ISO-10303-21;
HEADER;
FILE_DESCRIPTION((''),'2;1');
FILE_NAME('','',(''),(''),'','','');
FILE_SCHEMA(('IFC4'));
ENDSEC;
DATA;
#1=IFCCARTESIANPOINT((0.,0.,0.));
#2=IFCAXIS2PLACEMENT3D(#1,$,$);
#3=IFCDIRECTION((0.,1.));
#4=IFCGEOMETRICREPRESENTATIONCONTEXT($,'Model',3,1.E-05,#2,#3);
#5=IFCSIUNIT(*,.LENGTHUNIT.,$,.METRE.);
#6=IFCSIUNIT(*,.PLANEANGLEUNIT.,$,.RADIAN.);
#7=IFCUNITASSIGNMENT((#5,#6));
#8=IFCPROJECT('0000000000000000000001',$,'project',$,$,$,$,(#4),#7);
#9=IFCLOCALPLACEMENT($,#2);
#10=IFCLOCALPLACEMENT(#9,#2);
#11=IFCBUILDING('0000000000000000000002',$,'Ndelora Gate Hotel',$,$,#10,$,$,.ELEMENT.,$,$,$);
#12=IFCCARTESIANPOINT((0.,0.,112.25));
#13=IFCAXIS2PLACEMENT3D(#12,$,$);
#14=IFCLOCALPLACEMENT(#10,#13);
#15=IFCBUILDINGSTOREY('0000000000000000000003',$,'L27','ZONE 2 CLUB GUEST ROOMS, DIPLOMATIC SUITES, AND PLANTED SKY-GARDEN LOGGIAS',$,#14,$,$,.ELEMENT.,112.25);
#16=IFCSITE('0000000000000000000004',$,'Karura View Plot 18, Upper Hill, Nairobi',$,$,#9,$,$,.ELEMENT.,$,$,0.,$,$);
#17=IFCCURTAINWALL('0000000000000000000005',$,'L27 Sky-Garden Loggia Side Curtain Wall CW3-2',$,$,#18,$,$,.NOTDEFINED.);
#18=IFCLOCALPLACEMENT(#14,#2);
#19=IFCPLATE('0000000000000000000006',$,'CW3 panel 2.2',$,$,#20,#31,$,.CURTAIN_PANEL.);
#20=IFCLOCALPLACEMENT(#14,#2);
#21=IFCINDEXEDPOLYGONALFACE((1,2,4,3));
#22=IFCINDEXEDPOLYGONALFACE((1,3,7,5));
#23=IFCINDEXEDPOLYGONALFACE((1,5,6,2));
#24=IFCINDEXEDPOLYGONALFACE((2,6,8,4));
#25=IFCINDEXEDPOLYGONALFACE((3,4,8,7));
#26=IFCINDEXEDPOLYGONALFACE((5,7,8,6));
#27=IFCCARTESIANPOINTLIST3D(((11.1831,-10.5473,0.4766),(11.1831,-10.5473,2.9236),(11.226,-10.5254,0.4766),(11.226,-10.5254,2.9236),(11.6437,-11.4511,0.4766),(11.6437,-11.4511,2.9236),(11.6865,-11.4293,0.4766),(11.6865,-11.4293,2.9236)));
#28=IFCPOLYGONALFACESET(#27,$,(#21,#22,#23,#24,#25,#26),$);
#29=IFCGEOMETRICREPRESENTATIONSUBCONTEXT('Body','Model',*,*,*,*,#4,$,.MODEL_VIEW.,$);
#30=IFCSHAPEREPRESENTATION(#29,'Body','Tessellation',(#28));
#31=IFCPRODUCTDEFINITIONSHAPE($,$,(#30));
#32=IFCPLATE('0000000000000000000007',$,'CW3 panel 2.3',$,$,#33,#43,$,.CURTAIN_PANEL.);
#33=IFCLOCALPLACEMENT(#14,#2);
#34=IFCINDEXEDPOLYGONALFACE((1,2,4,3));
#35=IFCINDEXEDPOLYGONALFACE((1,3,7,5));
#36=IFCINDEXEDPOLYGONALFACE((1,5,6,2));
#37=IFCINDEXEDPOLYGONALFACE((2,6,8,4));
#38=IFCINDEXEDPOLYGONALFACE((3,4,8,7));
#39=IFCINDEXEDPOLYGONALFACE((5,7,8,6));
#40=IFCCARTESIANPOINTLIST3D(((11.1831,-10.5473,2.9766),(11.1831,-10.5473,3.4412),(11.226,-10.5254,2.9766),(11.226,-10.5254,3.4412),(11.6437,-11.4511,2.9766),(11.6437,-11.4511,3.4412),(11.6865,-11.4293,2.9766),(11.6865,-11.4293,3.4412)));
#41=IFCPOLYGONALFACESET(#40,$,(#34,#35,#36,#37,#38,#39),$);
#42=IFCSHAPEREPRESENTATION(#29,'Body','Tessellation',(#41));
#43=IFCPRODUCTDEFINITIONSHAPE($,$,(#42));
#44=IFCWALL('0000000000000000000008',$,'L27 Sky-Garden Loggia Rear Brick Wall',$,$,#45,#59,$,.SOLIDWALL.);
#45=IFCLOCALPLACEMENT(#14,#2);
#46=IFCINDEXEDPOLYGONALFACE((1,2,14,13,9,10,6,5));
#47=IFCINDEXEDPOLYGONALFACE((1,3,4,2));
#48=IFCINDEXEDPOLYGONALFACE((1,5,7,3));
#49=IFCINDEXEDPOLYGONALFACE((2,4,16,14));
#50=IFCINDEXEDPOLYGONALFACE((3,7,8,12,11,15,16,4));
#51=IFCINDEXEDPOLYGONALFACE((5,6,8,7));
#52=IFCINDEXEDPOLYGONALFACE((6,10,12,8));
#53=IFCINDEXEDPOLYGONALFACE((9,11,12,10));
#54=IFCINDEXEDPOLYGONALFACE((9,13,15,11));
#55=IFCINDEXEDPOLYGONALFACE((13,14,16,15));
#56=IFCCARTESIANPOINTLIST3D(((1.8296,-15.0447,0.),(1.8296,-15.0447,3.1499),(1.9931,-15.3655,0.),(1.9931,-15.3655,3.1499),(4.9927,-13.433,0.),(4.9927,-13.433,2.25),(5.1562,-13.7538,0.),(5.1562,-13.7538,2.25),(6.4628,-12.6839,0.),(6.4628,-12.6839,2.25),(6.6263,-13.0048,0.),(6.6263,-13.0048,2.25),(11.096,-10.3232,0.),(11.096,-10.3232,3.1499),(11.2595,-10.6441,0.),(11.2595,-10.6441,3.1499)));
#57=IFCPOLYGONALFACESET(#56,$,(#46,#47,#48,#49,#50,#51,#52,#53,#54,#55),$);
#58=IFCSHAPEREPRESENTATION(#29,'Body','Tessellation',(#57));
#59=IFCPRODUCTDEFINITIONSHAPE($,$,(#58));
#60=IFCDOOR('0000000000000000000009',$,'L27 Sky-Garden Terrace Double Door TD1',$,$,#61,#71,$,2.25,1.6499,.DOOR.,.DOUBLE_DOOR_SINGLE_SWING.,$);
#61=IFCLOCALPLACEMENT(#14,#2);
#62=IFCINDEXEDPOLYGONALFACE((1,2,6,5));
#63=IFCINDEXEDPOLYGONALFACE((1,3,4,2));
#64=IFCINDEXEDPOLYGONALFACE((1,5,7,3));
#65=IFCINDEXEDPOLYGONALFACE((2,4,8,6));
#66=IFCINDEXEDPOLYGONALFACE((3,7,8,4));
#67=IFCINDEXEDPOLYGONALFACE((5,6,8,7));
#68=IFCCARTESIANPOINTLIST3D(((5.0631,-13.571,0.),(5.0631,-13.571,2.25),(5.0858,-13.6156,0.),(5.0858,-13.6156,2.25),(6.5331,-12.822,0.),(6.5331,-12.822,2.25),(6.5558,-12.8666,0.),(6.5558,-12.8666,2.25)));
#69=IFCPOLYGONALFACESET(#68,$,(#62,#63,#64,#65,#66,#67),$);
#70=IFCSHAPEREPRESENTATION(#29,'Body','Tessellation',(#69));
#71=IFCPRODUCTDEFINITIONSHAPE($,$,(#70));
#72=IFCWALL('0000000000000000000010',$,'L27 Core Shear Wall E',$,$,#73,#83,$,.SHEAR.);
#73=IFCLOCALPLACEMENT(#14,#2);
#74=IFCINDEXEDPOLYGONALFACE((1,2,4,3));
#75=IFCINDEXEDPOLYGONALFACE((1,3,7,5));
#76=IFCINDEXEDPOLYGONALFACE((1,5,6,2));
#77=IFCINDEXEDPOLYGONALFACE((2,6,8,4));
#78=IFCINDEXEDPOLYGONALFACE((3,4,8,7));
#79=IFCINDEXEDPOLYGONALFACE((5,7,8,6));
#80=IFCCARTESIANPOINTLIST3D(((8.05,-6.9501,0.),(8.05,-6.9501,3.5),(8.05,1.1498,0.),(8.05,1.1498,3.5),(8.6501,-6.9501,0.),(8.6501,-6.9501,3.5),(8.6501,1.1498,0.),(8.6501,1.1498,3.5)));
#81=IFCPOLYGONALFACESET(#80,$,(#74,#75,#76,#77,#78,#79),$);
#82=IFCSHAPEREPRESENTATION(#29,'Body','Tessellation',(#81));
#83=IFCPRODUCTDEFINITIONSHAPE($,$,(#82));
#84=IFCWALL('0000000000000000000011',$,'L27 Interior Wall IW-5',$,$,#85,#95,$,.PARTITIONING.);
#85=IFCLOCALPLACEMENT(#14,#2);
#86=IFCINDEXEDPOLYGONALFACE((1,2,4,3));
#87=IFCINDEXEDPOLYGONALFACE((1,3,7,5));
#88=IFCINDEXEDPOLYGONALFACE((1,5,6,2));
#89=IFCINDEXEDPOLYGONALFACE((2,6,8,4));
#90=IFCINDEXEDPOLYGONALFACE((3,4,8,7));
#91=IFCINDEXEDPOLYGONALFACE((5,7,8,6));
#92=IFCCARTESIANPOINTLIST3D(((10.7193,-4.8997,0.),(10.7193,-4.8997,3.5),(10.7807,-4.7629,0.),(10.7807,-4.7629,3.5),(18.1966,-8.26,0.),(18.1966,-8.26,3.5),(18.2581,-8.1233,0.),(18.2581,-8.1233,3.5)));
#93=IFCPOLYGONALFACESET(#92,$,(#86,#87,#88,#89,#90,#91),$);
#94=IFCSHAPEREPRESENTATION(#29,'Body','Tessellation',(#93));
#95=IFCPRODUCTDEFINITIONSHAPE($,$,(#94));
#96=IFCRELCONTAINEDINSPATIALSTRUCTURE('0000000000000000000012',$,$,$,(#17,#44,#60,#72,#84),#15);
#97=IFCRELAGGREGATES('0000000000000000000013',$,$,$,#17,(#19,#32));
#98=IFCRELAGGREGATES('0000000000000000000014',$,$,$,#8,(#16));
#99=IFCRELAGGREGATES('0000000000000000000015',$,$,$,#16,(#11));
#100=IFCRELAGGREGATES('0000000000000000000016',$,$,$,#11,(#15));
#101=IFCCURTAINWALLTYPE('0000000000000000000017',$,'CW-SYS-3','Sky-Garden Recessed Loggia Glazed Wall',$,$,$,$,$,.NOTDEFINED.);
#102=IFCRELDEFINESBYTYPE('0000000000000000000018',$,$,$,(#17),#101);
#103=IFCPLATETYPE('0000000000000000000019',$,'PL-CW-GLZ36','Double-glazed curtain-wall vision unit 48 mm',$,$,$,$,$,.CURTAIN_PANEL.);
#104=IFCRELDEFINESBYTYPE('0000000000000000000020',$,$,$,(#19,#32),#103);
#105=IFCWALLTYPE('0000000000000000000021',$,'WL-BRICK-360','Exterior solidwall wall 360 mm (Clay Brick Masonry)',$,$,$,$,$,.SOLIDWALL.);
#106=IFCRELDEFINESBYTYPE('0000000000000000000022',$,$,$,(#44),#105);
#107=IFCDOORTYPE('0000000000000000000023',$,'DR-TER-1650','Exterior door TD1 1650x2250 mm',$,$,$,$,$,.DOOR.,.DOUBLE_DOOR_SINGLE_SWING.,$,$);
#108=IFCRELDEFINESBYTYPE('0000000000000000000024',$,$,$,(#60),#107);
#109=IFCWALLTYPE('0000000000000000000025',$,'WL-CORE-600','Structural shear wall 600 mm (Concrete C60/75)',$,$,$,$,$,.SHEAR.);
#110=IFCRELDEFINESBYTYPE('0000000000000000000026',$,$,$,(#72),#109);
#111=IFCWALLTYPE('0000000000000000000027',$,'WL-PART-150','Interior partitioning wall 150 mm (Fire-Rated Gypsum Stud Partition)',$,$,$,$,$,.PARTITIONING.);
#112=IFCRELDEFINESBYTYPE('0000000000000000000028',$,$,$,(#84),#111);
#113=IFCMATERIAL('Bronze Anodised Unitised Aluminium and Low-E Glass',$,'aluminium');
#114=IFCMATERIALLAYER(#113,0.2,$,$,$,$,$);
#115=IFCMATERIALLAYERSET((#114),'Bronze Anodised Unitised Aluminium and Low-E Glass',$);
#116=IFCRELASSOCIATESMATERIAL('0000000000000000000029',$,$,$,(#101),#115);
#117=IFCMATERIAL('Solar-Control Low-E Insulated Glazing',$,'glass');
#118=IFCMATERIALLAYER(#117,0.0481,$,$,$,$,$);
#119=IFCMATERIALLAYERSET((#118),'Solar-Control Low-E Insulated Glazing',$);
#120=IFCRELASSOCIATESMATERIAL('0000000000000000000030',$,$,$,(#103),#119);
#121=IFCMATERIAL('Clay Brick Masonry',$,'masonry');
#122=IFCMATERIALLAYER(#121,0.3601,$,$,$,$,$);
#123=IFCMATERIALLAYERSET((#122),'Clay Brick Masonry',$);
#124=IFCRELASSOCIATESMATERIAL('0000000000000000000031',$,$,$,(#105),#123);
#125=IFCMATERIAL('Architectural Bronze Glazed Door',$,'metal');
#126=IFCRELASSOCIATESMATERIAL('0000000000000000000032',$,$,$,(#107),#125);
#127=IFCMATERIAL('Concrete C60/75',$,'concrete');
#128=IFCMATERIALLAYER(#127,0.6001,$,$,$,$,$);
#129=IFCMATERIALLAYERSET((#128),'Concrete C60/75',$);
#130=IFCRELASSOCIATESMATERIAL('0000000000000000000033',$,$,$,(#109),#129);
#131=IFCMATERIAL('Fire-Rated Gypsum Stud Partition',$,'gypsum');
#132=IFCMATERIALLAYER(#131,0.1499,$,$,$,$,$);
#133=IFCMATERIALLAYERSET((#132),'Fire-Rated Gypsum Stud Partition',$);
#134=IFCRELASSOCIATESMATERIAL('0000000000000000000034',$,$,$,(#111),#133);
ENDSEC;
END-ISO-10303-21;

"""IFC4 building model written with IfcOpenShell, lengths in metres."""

from ifc_helpers import new_model, si_unit, direction, frame, frame_2d, origin, origin_2d, place, context, subcontext, project, spatial, rectangle, extrude, material, layer, layer_set, type_object, element, fill, aggregate, save


model = new_model("IFC4")

# Units and contexts
model_context = context("Model", 3, precision=1e-05, world=origin(), true_north=direction((0.0, 1.0)))
body_context = subcontext(model_context, "Body", "Model", "MODEL_VIEW")
ifc_project = project(units=[si_unit("LENGTHUNIT", "METRE"), si_unit("PLANEANGLEUNIT", "RADIAN")], contexts=[model_context])

# Site, building, storey
site_placement = place(None, origin())
site = spatial("IfcSite", under=ifc_project, at=site_placement, Name="Karura View Plot 18, Upper Hill, Nairobi", CompositionType="ELEMENT", RefElevation=0.0)
building_placement = place(site_placement, origin())
building = spatial("IfcBuilding", under=site, at=building_placement, Name="Ndelora Gate Hotel", CompositionType="ELEMENT")
storey_placement = place(building_placement, frame((0.0, 0.0, 112.25)))
storey = spatial("IfcBuildingStorey", under=building, at=storey_placement, Name="L27", Description="ZONE 2 CLUB GUEST ROOMS, DIPLOMATIC SUITES, AND PLANTED SKY-GARDEN LOGGIAS", CompositionType="ELEMENT", Elevation=112.25)

# Shared definitions
ifc_material_1 = material(Name="Concrete C60/75", Category="concrete")

# Curtain wall, plates
ifc_material_2 = material(Name="Bronze Anodised Unitised Aluminium and Low-E Glass", Category="aluminium")
ifc_layer_1 = layer(ifc_material_2, 0.2)
ifc_layer_set_1 = layer_set([ifc_layer_1], Name="Bronze Anodised Unitised Aluminium and Low-E Glass")
curtain_wall_type = type_object("IfcCurtainWallType", Name="CW-SYS-3", Description="Sky-Garden Recessed Loggia Glazed Wall", PredefinedType="NOTDEFINED", material=ifc_layer_set_1)
curtain_wall_placement = place(storey_placement, origin())
curtain_wall = element("IfcCurtainWall", 1, at=curtain_wall_placement, inside=storey, type_object=curtain_wall_type, Name="L27 Sky-Garden Loggia Side Curtain Wall CW3-2", PredefinedType="NOTDEFINED")
ifc_material_3 = material(Name="Solar-Control Low-E Insulated Glazing", Category="glass")
ifc_layer_2 = layer(ifc_material_3, 0.0481)
ifc_layer_set_2 = layer_set([ifc_layer_2], Name="Solar-Control Low-E Insulated Glazing")
plate_type = type_object("IfcPlateType", Name="PL-CW-GLZ36", Description="Double-glazed curtain-wall vision unit 48 mm", PredefinedType="CURTAIN_PANEL", material=ifc_layer_set_2)
plate_1_placement = place(storey_placement, frame((11.4348, -10.9883, 0.4766), z_axis=(0.0, 0.0, 1.0), x_axis=(-0.454001, 0.891001, 0.0)))
plate_1 = element("IfcPlate", 2, at=plate_1_placement, type_object=plate_type, Name="CW3 panel 2.2", PredefinedType="CURTAIN_PANEL", context=body_context, shape_type="SweptSolid", body=[
    extrude(rectangle(XDim=1.0144, YDim=0.0481, at=origin_2d()), origin(), (0.0, 0.0, 1.0), 2.447),
])
plate_2_placement = place(storey_placement, frame((11.4348, -10.9883, 2.9766), z_axis=(0.0, 0.0, 1.0), x_axis=(-0.454001, 0.891001, 0.0)))
plate_2 = element("IfcPlate", 3, at=plate_2_placement, type_object=plate_type, Name="CW3 panel 2.3", PredefinedType="CURTAIN_PANEL", context=body_context, shape_type="SweptSolid", body=[
    extrude(rectangle(XDim=1.0144, YDim=0.0481, at=origin_2d()), origin(), (0.0, 0.0, 1.0), 0.4646),
])
aggregate(curtain_wall, [plate_1, plate_2])

# Wall, opening, door
ifc_material_4 = material(Name="Clay Brick Masonry", Category="masonry")
ifc_layer_3 = layer(ifc_material_4, 0.3601)
ifc_layer_set_3 = layer_set([ifc_layer_3], Name="Clay Brick Masonry")
wall_type_1 = type_object("IfcWallType", Name="WL-BRICK-360", Description="Exterior solidwall wall 360 mm (Clay Brick Masonry)", PredefinedType="SOLIDWALL", material=ifc_layer_set_3)
wall_1_placement = place(storey_placement, frame((11.1777, -10.4836, 0.0), z_axis=(0.0, 0.0, 1.0), x_axis=(-0.891007, -0.45399, 0.0)))
wall_1 = element("IfcWall", 4, at=wall_1_placement, inside=storey, type_object=wall_type_1, Name="L27 Sky-Garden Loggia Rear Brick Wall", PredefinedType="SOLIDWALL", context=body_context, shape_type="SweptSolid", body=[
    extrude(rectangle(XDim=10.3999, YDim=0.3601, at=frame_2d((5.2, 0.0))), origin(), (0.0, 0.0, 1.0), 3.1499),
])
opening_1_placement = place(wall_1_placement, frame((5.2, 0.0, 0.0)))
opening_1 = element("IfcOpeningElement", 5, at=opening_1_placement, cuts=wall_1, PredefinedType="OPENING", context=body_context, shape_type="SweptSolid", body=[
    extrude(rectangle(XDim=1.6499, YDim=2.25, at=frame_2d((0.825, 1.125))), frame((0.0, 0.1899, 0.0), z_axis=(0.0, -1.0, 0.0), x_axis=(1.0, 0.0, 0.0)), (0.0, 0.0, 1.0), 0.3801),
])
ifc_material_5 = material(Name="Architectural Bronze Glazed Door", Category="metal")
door_type_1 = type_object("IfcDoorType", Name="DR-TER-1650", Description="Exterior door TD1 1650x2250 mm", OperationType="DOUBLE_DOOR_SINGLE_SWING", PredefinedType="DOOR", material=ifc_material_5)
door_1_placement = place(opening_1_placement, origin())
door_1 = element("IfcDoor", 6, at=door_1_placement, inside=storey, type_object=door_type_1, Name="L27 Sky-Garden Terrace Double Door TD1", OperationType="DOUBLE_DOOR_SINGLE_SWING", OverallHeight=2.25, OverallWidth=1.6499, PredefinedType="DOOR", context=body_context, shape_type="SweptSolid", body=[
    extrude(rectangle(XDim=1.6499, YDim=2.25, at=frame_2d((0.825, 1.125))), frame((0.0, 0.0249, 0.0), z_axis=(0.0, -1.0, 0.0), x_axis=(1.0, 0.0, 0.0)), (0.0, 0.0, 1.0), 0.05),
])
fill(opening_1, door_1)

# Wall
ifc_layer_4 = layer(ifc_material_1, 0.6001)
ifc_layer_set_4 = layer_set([ifc_layer_4], Name="Concrete C60/75")
wall_type_2 = type_object("IfcWallType", Name="WL-CORE-600", Description="Structural shear wall 600 mm (Concrete C60/75)", PredefinedType="SHEAR", material=ifc_layer_set_4)
wall_2_placement = place(storey_placement, frame((8.3501, -6.95, 0.0), z_axis=(0.0, 0.0, 1.0), x_axis=(0.0, 1.0, 0.0)))
element("IfcWall", 7, at=wall_2_placement, inside=storey, type_object=wall_type_2, Name="L27 Core Shear Wall E", PredefinedType="SHEAR", context=body_context, shape_type="SweptSolid", body=[
    extrude(rectangle(XDim=8.0999, YDim=0.6001, at=frame_2d((4.0498, 0.0))), origin(), (0.0, 0.0, 1.0), 3.5),
])

# Shared definitions
ifc_material_6 = material(Name="Fire-Rated Gypsum Stud Partition", Category="gypsum")
ifc_layer_5 = layer(ifc_material_6, 0.1499)
ifc_layer_set_5 = layer_set([ifc_layer_5], Name="Fire-Rated Gypsum Stud Partition")
wall_type_3 = type_object("IfcWallType", Name="WL-PART-150", Description="Interior partitioning wall 150 mm (Fire-Rated Gypsum Stud Partition)", PredefinedType="PARTITIONING", material=ifc_layer_set_5)

# Wall
wall_3_placement = place(storey_placement, frame((10.75, -4.8313, 0.0), z_axis=(0.0, 0.0, 1.0), x_axis=(0.912124, -0.409915, 0.0)))
element("IfcWall", 8, at=wall_3_placement, inside=storey, type_object=wall_type_3, Name="L27 Interior Wall IW-5", PredefinedType="PARTITIONING", context=body_context, shape_type="SweptSolid", body=[
    extrude(rectangle(XDim=8.1978, YDim=0.1499, at=frame_2d((4.0989, 0.0))), origin(), (0.0, 0.0, 1.0), 3.5),
])

save(model, "model.ifc")
